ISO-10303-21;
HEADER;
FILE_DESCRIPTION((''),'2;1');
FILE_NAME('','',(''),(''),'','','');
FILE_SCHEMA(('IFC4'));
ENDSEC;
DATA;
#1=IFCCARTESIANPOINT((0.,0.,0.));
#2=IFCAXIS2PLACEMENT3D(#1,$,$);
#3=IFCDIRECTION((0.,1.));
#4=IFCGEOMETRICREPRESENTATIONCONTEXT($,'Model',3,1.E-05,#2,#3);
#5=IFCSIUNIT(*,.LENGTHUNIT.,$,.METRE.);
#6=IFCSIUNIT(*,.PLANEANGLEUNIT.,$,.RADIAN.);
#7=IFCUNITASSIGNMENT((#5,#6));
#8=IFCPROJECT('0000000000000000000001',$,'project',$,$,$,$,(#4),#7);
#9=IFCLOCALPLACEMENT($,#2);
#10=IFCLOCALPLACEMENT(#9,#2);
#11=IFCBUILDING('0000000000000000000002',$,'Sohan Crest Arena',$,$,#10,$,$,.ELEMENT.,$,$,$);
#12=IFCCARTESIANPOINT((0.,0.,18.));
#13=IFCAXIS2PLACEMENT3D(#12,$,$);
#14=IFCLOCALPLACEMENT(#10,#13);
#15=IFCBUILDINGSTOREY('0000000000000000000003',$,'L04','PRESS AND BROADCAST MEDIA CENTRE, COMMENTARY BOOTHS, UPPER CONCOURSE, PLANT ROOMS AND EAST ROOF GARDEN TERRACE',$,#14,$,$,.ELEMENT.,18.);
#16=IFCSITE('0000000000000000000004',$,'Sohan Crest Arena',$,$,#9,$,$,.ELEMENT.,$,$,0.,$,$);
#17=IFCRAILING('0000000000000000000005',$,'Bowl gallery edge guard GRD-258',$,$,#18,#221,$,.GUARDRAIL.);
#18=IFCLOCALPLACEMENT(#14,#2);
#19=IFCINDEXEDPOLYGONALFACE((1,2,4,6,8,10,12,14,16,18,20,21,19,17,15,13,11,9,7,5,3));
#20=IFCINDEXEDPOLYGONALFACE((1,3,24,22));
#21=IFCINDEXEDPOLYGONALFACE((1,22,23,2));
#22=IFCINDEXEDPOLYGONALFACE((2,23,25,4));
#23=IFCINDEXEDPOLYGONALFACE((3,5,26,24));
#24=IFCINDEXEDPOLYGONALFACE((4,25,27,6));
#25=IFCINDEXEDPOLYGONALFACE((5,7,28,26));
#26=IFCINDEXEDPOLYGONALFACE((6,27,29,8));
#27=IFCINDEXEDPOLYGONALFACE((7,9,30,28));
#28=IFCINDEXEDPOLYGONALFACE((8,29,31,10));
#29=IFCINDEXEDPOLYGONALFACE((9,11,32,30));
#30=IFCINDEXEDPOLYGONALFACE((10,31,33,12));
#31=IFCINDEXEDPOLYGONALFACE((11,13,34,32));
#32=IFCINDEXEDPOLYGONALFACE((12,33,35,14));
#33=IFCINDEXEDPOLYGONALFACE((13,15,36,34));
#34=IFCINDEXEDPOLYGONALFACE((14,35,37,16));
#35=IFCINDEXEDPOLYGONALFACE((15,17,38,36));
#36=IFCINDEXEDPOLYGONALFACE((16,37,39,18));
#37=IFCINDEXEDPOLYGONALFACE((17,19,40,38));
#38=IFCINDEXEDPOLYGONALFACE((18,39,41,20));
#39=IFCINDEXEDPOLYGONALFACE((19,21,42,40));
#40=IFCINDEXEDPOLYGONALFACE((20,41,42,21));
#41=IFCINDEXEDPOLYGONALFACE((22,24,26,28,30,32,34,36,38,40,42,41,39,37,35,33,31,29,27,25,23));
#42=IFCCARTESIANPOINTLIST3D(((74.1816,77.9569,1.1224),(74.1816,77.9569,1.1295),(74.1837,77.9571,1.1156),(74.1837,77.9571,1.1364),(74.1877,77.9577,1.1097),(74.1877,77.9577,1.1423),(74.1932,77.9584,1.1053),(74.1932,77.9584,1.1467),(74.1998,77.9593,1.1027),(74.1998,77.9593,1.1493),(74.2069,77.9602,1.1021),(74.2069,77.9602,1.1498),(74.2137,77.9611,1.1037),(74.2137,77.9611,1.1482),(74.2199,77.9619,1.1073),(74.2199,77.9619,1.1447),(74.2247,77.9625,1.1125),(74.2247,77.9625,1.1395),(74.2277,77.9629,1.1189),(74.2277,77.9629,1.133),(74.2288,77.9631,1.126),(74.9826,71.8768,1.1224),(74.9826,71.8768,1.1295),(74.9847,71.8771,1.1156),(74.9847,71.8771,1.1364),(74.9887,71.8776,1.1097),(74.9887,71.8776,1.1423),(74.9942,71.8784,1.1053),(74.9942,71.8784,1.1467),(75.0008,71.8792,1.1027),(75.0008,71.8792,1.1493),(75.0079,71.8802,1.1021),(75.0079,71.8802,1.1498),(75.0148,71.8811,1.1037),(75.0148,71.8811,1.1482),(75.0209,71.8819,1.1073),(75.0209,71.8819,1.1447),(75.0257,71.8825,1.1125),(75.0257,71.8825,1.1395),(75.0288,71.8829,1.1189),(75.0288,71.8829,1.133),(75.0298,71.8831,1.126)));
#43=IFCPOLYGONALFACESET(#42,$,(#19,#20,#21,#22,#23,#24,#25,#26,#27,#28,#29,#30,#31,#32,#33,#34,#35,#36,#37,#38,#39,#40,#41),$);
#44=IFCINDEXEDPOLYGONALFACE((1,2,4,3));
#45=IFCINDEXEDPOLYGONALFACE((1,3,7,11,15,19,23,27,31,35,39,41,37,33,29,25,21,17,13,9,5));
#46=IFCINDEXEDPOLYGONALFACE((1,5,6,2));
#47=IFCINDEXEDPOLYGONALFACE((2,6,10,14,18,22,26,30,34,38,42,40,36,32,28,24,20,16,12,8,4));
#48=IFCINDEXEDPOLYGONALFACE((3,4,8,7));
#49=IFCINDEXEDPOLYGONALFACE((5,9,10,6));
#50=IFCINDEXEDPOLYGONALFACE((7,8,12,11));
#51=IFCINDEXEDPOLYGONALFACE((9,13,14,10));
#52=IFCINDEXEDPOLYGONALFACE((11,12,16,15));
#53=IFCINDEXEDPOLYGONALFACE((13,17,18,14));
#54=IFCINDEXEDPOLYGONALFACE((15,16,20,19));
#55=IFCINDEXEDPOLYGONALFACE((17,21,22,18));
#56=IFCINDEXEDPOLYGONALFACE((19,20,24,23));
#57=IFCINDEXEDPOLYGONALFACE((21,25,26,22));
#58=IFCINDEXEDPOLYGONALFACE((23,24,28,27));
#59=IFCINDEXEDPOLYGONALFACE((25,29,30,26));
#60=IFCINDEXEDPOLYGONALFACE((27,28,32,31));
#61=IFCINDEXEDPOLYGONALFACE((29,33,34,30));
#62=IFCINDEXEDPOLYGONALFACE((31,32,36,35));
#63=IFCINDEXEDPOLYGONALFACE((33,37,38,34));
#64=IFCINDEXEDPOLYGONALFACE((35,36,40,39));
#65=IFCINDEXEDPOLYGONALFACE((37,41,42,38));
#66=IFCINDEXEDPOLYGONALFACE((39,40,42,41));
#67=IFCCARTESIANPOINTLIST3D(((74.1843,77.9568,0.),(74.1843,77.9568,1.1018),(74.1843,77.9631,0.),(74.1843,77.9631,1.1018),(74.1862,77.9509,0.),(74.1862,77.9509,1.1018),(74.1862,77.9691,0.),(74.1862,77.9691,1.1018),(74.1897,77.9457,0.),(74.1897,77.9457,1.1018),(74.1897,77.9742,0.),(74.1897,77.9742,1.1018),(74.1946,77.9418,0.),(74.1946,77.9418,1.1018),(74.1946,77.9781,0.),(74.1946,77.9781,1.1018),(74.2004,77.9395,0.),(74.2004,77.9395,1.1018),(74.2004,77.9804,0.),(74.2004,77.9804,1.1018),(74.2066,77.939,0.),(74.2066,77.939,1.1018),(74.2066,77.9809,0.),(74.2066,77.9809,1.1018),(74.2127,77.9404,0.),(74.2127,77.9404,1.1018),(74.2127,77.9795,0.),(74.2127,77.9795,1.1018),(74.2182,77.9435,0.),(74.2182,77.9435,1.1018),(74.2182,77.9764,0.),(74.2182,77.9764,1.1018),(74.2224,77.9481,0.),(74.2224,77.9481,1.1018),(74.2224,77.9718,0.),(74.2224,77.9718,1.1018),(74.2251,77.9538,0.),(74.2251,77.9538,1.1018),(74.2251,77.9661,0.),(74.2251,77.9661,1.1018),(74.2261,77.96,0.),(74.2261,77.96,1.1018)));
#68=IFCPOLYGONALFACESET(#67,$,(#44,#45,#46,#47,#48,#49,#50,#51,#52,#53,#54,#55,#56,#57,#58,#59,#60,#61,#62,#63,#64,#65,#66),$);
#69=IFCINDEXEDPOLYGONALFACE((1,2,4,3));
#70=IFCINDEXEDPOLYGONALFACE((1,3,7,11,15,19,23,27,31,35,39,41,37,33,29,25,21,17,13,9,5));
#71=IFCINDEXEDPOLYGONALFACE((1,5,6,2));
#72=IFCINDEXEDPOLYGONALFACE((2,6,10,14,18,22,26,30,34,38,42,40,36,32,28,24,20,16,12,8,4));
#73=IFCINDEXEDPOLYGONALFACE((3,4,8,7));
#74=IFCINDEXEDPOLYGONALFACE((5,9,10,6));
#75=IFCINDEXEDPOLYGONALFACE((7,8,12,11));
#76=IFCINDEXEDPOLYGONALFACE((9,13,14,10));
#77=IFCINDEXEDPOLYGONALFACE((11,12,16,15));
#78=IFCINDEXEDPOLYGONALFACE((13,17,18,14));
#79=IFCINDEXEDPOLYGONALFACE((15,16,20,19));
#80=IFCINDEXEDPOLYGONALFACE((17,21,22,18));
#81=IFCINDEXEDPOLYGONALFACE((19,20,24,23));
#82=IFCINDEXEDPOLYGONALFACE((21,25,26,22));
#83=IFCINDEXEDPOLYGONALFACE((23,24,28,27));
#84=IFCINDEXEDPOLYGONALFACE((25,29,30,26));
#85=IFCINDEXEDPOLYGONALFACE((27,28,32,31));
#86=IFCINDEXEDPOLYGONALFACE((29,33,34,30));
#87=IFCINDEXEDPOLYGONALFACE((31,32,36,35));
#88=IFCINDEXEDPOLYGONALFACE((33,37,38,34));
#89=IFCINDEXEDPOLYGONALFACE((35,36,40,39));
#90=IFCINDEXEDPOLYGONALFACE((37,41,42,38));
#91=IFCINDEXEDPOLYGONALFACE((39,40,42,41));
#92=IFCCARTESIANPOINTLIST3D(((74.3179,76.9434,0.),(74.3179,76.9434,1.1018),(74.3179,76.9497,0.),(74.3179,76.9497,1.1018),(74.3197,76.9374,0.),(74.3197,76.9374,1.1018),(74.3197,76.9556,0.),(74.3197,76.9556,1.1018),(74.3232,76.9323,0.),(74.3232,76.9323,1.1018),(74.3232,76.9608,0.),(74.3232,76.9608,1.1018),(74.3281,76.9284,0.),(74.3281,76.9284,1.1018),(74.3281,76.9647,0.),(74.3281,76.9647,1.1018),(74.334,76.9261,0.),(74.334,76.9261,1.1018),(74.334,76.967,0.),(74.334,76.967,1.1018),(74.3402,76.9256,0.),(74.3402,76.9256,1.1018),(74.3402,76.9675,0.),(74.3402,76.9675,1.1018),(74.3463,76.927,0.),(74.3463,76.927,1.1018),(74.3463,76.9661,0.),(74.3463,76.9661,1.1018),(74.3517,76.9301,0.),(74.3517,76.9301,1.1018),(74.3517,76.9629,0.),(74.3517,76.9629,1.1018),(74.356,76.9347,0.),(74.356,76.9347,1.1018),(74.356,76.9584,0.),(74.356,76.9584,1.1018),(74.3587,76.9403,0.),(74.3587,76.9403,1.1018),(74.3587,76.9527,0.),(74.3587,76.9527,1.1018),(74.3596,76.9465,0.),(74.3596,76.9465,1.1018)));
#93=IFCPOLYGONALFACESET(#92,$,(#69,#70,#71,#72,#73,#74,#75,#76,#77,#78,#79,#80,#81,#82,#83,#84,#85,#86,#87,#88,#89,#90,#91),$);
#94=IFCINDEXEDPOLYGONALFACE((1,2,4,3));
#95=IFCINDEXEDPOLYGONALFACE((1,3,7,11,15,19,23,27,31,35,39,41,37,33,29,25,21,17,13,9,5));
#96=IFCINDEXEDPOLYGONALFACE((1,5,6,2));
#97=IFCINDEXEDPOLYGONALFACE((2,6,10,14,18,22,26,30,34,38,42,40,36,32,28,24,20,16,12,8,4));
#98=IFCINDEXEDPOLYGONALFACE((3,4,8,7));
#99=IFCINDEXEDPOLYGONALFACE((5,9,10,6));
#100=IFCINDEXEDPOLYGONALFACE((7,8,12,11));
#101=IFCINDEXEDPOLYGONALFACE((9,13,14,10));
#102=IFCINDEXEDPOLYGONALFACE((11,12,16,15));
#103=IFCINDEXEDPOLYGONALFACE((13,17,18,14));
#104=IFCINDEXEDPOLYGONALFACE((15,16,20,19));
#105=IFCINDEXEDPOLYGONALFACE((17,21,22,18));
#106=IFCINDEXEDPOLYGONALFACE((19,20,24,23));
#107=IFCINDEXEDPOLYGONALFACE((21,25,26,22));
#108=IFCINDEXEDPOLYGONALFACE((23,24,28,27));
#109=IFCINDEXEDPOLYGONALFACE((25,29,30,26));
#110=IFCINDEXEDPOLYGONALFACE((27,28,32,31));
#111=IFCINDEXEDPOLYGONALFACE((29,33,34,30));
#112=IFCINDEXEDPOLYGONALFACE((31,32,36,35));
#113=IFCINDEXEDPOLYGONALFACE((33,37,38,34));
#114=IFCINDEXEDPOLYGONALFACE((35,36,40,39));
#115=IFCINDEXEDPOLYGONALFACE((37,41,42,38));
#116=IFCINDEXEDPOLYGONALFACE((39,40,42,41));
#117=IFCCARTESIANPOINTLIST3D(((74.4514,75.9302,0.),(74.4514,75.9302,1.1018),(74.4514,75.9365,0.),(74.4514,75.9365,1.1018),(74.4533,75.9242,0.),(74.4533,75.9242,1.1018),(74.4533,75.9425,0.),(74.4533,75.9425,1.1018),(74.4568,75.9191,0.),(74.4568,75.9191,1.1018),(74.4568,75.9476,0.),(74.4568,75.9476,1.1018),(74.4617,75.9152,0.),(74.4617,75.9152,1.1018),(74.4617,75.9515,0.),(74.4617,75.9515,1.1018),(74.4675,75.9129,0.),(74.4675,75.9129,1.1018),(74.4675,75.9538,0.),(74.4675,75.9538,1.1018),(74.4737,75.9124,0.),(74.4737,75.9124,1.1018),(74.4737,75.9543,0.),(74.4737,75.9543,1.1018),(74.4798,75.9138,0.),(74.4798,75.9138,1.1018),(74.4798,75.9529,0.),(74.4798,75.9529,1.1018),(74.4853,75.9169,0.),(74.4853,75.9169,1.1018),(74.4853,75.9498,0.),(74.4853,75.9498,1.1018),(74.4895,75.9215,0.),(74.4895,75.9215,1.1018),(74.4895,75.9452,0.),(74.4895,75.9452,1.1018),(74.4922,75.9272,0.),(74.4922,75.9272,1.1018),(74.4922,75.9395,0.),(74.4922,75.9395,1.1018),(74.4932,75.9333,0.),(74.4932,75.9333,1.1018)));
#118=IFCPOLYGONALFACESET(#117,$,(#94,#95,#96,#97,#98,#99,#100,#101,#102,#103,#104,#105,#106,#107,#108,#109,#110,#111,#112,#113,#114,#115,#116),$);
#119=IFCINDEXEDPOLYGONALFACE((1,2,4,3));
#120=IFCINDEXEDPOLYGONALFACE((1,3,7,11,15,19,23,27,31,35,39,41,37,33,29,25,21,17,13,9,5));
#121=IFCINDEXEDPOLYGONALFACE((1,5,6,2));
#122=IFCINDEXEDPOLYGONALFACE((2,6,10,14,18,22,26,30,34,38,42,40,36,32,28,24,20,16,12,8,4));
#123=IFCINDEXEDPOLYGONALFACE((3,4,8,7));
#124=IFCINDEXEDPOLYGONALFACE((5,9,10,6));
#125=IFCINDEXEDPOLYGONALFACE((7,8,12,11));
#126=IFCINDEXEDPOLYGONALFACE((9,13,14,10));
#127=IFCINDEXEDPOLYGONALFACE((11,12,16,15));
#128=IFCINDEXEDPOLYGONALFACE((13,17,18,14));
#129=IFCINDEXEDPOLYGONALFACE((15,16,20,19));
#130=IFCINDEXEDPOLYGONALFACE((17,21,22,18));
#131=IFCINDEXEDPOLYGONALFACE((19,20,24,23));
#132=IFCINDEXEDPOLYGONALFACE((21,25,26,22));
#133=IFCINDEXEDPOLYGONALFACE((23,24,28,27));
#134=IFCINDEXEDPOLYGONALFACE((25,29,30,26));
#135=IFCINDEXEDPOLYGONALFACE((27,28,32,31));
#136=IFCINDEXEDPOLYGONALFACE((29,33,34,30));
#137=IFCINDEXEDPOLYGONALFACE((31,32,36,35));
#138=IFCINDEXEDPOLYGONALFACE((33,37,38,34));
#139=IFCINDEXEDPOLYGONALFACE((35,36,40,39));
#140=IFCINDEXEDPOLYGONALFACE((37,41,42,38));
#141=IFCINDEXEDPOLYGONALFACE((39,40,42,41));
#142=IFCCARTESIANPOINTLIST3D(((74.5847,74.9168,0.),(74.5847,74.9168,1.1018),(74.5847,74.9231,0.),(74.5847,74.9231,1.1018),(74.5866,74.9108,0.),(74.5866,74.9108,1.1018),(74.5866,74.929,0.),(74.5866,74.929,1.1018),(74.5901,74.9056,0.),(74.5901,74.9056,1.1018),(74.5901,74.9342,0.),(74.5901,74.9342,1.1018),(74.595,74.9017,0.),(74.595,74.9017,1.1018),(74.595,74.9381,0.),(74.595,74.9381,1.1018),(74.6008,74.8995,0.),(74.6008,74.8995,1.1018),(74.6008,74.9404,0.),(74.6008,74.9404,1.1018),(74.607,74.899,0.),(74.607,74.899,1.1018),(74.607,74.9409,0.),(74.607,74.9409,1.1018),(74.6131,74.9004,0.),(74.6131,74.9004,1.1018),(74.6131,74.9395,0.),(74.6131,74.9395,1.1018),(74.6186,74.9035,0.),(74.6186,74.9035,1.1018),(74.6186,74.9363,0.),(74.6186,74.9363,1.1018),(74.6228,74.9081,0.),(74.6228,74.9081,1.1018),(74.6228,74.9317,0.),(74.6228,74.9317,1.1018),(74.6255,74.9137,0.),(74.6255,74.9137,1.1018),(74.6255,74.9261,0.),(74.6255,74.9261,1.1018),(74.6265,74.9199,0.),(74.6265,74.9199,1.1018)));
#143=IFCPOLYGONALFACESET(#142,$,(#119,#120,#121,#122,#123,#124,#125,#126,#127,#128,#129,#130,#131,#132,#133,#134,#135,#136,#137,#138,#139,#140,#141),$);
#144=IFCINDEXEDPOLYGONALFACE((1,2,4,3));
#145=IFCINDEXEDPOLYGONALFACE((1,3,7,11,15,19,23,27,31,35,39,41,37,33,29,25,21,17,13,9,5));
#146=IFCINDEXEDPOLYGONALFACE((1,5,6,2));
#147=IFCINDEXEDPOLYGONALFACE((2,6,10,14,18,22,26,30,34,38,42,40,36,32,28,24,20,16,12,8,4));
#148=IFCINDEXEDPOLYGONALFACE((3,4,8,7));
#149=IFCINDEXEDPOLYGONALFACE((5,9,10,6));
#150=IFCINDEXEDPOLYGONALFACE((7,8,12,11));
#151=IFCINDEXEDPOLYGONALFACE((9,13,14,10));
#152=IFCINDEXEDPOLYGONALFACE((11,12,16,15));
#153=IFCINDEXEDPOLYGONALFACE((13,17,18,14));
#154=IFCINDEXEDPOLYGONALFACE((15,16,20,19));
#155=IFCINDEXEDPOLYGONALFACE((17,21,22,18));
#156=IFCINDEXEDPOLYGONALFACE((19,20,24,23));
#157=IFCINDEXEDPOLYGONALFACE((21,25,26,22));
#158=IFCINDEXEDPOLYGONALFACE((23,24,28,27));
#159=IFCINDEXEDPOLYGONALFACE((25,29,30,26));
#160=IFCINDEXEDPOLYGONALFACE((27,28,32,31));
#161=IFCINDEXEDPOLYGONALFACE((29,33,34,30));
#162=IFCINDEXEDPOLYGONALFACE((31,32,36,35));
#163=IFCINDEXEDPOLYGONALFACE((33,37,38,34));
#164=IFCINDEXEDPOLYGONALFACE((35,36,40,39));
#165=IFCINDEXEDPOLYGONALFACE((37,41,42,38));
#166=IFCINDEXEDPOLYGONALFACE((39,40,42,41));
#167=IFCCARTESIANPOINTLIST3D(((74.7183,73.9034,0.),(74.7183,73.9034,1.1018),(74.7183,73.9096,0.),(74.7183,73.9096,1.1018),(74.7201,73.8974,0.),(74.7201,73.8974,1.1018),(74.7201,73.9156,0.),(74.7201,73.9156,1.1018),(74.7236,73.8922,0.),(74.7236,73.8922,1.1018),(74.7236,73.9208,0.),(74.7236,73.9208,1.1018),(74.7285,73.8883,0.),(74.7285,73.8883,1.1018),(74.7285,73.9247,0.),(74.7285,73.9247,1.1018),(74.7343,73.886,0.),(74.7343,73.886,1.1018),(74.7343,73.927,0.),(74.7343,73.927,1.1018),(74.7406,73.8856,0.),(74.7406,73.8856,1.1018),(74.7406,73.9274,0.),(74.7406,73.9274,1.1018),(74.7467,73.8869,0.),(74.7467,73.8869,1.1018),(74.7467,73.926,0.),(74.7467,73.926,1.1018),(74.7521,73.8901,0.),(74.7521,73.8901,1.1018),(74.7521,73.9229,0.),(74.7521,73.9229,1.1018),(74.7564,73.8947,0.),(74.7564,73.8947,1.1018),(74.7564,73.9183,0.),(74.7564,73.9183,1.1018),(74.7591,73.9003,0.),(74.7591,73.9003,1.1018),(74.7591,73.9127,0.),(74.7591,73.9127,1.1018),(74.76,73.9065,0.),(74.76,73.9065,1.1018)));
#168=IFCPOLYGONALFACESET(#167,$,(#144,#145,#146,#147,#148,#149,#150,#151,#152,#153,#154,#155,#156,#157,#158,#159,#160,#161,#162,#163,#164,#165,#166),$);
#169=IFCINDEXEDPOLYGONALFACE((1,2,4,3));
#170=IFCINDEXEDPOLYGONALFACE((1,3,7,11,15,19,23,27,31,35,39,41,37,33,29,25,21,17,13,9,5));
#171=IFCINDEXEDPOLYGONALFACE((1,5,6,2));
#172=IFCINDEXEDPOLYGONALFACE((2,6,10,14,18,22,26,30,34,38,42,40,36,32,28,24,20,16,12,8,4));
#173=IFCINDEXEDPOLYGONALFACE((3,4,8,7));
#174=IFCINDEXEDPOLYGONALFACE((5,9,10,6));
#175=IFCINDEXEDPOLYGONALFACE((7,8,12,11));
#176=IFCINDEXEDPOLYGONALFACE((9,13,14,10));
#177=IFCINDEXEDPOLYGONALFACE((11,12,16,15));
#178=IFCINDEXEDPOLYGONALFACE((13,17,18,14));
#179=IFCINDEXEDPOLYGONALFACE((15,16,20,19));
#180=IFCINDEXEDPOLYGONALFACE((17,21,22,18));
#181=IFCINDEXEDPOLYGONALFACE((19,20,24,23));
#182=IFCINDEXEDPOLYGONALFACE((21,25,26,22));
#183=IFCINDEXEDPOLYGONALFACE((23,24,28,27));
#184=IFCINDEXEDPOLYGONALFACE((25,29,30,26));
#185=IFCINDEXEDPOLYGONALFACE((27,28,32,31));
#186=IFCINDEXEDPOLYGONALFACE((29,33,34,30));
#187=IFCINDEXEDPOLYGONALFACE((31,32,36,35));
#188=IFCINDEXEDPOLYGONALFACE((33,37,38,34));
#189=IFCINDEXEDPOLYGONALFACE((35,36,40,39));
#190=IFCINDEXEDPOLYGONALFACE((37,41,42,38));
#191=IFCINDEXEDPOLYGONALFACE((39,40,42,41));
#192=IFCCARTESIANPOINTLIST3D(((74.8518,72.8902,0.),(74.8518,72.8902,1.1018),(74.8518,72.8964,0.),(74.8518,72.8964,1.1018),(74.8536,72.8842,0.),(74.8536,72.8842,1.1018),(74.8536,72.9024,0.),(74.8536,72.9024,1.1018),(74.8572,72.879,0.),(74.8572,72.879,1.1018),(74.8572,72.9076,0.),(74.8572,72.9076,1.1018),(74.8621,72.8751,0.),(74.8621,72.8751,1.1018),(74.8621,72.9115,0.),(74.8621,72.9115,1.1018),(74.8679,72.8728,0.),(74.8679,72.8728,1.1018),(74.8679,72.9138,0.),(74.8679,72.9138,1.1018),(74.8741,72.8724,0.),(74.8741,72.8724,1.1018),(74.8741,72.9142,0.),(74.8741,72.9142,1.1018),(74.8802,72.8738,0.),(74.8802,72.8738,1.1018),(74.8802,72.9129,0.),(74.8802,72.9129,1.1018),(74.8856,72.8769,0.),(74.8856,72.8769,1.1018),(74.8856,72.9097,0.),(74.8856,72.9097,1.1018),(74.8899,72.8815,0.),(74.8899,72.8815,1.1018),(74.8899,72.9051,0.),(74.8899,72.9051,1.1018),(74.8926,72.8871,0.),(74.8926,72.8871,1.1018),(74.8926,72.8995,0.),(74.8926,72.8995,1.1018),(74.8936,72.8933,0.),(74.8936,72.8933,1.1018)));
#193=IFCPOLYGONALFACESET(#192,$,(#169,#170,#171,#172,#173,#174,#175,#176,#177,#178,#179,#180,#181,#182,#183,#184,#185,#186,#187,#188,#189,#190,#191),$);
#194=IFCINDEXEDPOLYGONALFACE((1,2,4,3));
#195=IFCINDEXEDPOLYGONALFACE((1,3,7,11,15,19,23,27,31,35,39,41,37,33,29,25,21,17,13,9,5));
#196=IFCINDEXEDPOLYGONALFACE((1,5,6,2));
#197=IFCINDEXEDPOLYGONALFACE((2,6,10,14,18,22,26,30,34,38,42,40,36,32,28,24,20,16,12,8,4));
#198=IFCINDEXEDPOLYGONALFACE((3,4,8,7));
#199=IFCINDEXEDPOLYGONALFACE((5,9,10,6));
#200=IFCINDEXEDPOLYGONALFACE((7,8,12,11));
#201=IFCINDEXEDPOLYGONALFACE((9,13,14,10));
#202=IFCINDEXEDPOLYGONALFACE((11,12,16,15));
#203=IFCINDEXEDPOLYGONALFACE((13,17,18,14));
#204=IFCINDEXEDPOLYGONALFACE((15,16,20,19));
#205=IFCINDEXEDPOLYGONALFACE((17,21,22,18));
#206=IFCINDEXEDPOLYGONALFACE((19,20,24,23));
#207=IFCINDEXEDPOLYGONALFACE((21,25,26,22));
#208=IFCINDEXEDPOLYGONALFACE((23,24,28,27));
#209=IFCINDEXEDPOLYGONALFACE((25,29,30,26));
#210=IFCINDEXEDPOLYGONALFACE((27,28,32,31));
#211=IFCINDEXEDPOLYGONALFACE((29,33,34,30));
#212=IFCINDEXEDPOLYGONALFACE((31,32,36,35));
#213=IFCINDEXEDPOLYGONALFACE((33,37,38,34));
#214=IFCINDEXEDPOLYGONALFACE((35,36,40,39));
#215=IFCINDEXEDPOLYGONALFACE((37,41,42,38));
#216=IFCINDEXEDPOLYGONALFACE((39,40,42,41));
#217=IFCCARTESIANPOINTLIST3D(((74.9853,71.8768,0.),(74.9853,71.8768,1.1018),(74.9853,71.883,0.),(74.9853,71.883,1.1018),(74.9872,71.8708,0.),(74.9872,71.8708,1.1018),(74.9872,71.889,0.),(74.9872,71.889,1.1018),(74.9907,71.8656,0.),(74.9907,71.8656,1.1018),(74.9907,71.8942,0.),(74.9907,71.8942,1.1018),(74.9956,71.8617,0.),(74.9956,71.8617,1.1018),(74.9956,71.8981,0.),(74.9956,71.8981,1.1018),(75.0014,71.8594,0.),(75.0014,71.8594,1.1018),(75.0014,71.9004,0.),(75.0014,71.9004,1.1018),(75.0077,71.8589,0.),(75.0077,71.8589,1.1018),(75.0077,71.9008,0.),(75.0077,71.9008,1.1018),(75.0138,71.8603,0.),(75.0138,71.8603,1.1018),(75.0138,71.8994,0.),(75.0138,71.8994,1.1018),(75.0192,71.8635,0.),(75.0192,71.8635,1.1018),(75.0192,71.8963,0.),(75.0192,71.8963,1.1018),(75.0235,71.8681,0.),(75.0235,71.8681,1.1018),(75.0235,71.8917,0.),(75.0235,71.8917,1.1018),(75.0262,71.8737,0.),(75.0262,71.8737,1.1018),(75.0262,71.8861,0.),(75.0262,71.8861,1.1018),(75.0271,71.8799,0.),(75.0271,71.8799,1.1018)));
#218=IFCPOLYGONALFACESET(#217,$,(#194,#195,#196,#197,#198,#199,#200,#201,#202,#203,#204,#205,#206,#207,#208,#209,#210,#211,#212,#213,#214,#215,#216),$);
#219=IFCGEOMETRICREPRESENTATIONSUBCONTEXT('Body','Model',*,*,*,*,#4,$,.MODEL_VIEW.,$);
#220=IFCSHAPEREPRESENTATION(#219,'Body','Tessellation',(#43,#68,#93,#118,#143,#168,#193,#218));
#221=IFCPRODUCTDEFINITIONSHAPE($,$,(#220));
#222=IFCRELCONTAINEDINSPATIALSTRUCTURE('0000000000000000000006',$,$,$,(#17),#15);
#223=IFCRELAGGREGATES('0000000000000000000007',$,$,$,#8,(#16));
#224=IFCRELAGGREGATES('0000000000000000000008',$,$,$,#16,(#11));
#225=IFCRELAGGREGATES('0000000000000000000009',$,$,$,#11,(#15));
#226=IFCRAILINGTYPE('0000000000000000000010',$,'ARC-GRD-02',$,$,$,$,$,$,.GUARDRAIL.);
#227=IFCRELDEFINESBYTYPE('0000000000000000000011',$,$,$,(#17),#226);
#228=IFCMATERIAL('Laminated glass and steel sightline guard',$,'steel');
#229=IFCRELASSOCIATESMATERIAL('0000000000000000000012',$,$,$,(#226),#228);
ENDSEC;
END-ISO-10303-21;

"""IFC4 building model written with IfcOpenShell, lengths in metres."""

from ifc_helpers import new_model, si_unit, direction, frame, origin, origin_2d, place, context, subcontext, project, spatial, circle, extrude, material, type_object, element, save


model = new_model("IFC4")

# Units and contexts
model_context = context("Model", 3, precision=1e-05, world=origin(), true_north=direction((0.0, 1.0)))
body_context = subcontext(model_context, "Body", "Model", "MODEL_VIEW")
ifc_project = project(units=[si_unit("LENGTHUNIT", "METRE"), si_unit("PLANEANGLEUNIT", "RADIAN")], contexts=[model_context])

# Site, building, storey
site_placement = place(None, origin())
site = spatial("IfcSite", under=ifc_project, at=site_placement, Name="Sohan Crest Arena", CompositionType="ELEMENT", RefElevation=0.0)
building_placement = place(site_placement, origin())
building = spatial("IfcBuilding", under=site, at=building_placement, Name="Sohan Crest Arena", CompositionType="ELEMENT")
storey_placement = place(building_placement, frame((0.0, 0.0, 18.0)))
storey = spatial("IfcBuildingStorey", under=building, at=storey_placement, Name="L04", Description="PRESS AND BROADCAST MEDIA CENTRE, COMMENTARY BOOTHS, UPPER CONCOURSE, PLANT ROOMS AND EAST ROOF GARDEN TERRACE", CompositionType="ELEMENT", Elevation=18.0)

# Railing
ifc_material_1 = material(Name="Laminated glass and steel sightline guard", Category="steel")
railing_type = type_object("IfcRailingType", Name="ARC-GRD-02", PredefinedType="GUARDRAIL", material=ifc_material_1)
railing_1_placement = place(storey_placement, frame((74.2051, 77.96, 0.0)))
element("IfcRailing", 1, at=railing_1_placement, inside=storey, type_object=railing_type, Name="Bowl gallery edge guard GRD-258", PredefinedType="GUARDRAIL", context=body_context, shape_type="SweptSolid", body=[
    extrude(circle(Radius=0.0239, at=origin_2d()), frame((0.0, 0.0, 1.126), z_axis=(0.130617, -0.991433, 0.0), x_axis=(0.991433, 0.130617, 0.0)), (0.0, 0.0, 1.0), 6.1326),
    extrude(circle(Radius=0.021, at=origin_2d()), origin(), (0.0, 0.0, 1.0), 1.1018),
    extrude(circle(Radius=0.021, at=origin_2d()), frame((0.1335, -1.0134, 0.0)), (0.0, 0.0, 1.0), 1.1018),
    extrude(circle(Radius=0.021, at=origin_2d()), frame((0.2671, -2.0266, 0.0)), (0.0, 0.0, 1.0), 1.1018),
    extrude(circle(Radius=0.021, at=origin_2d()), frame((0.4004, -3.04, 0.0)), (0.0, 0.0, 1.0), 1.1018),
    extrude(circle(Radius=0.021, at=origin_2d()), frame((0.5339, -4.0535, 0.0)), (0.0, 0.0, 1.0), 1.1018),
    extrude(circle(Radius=0.021, at=origin_2d()), frame((0.6675, -5.0667, 0.0)), (0.0, 0.0, 1.0), 1.1018),
    extrude(circle(Radius=0.021, at=origin_2d()), frame((0.801, -6.0801, 0.0)), (0.0, 0.0, 1.0), 1.1018),
])

save(model, "model.ifc")
